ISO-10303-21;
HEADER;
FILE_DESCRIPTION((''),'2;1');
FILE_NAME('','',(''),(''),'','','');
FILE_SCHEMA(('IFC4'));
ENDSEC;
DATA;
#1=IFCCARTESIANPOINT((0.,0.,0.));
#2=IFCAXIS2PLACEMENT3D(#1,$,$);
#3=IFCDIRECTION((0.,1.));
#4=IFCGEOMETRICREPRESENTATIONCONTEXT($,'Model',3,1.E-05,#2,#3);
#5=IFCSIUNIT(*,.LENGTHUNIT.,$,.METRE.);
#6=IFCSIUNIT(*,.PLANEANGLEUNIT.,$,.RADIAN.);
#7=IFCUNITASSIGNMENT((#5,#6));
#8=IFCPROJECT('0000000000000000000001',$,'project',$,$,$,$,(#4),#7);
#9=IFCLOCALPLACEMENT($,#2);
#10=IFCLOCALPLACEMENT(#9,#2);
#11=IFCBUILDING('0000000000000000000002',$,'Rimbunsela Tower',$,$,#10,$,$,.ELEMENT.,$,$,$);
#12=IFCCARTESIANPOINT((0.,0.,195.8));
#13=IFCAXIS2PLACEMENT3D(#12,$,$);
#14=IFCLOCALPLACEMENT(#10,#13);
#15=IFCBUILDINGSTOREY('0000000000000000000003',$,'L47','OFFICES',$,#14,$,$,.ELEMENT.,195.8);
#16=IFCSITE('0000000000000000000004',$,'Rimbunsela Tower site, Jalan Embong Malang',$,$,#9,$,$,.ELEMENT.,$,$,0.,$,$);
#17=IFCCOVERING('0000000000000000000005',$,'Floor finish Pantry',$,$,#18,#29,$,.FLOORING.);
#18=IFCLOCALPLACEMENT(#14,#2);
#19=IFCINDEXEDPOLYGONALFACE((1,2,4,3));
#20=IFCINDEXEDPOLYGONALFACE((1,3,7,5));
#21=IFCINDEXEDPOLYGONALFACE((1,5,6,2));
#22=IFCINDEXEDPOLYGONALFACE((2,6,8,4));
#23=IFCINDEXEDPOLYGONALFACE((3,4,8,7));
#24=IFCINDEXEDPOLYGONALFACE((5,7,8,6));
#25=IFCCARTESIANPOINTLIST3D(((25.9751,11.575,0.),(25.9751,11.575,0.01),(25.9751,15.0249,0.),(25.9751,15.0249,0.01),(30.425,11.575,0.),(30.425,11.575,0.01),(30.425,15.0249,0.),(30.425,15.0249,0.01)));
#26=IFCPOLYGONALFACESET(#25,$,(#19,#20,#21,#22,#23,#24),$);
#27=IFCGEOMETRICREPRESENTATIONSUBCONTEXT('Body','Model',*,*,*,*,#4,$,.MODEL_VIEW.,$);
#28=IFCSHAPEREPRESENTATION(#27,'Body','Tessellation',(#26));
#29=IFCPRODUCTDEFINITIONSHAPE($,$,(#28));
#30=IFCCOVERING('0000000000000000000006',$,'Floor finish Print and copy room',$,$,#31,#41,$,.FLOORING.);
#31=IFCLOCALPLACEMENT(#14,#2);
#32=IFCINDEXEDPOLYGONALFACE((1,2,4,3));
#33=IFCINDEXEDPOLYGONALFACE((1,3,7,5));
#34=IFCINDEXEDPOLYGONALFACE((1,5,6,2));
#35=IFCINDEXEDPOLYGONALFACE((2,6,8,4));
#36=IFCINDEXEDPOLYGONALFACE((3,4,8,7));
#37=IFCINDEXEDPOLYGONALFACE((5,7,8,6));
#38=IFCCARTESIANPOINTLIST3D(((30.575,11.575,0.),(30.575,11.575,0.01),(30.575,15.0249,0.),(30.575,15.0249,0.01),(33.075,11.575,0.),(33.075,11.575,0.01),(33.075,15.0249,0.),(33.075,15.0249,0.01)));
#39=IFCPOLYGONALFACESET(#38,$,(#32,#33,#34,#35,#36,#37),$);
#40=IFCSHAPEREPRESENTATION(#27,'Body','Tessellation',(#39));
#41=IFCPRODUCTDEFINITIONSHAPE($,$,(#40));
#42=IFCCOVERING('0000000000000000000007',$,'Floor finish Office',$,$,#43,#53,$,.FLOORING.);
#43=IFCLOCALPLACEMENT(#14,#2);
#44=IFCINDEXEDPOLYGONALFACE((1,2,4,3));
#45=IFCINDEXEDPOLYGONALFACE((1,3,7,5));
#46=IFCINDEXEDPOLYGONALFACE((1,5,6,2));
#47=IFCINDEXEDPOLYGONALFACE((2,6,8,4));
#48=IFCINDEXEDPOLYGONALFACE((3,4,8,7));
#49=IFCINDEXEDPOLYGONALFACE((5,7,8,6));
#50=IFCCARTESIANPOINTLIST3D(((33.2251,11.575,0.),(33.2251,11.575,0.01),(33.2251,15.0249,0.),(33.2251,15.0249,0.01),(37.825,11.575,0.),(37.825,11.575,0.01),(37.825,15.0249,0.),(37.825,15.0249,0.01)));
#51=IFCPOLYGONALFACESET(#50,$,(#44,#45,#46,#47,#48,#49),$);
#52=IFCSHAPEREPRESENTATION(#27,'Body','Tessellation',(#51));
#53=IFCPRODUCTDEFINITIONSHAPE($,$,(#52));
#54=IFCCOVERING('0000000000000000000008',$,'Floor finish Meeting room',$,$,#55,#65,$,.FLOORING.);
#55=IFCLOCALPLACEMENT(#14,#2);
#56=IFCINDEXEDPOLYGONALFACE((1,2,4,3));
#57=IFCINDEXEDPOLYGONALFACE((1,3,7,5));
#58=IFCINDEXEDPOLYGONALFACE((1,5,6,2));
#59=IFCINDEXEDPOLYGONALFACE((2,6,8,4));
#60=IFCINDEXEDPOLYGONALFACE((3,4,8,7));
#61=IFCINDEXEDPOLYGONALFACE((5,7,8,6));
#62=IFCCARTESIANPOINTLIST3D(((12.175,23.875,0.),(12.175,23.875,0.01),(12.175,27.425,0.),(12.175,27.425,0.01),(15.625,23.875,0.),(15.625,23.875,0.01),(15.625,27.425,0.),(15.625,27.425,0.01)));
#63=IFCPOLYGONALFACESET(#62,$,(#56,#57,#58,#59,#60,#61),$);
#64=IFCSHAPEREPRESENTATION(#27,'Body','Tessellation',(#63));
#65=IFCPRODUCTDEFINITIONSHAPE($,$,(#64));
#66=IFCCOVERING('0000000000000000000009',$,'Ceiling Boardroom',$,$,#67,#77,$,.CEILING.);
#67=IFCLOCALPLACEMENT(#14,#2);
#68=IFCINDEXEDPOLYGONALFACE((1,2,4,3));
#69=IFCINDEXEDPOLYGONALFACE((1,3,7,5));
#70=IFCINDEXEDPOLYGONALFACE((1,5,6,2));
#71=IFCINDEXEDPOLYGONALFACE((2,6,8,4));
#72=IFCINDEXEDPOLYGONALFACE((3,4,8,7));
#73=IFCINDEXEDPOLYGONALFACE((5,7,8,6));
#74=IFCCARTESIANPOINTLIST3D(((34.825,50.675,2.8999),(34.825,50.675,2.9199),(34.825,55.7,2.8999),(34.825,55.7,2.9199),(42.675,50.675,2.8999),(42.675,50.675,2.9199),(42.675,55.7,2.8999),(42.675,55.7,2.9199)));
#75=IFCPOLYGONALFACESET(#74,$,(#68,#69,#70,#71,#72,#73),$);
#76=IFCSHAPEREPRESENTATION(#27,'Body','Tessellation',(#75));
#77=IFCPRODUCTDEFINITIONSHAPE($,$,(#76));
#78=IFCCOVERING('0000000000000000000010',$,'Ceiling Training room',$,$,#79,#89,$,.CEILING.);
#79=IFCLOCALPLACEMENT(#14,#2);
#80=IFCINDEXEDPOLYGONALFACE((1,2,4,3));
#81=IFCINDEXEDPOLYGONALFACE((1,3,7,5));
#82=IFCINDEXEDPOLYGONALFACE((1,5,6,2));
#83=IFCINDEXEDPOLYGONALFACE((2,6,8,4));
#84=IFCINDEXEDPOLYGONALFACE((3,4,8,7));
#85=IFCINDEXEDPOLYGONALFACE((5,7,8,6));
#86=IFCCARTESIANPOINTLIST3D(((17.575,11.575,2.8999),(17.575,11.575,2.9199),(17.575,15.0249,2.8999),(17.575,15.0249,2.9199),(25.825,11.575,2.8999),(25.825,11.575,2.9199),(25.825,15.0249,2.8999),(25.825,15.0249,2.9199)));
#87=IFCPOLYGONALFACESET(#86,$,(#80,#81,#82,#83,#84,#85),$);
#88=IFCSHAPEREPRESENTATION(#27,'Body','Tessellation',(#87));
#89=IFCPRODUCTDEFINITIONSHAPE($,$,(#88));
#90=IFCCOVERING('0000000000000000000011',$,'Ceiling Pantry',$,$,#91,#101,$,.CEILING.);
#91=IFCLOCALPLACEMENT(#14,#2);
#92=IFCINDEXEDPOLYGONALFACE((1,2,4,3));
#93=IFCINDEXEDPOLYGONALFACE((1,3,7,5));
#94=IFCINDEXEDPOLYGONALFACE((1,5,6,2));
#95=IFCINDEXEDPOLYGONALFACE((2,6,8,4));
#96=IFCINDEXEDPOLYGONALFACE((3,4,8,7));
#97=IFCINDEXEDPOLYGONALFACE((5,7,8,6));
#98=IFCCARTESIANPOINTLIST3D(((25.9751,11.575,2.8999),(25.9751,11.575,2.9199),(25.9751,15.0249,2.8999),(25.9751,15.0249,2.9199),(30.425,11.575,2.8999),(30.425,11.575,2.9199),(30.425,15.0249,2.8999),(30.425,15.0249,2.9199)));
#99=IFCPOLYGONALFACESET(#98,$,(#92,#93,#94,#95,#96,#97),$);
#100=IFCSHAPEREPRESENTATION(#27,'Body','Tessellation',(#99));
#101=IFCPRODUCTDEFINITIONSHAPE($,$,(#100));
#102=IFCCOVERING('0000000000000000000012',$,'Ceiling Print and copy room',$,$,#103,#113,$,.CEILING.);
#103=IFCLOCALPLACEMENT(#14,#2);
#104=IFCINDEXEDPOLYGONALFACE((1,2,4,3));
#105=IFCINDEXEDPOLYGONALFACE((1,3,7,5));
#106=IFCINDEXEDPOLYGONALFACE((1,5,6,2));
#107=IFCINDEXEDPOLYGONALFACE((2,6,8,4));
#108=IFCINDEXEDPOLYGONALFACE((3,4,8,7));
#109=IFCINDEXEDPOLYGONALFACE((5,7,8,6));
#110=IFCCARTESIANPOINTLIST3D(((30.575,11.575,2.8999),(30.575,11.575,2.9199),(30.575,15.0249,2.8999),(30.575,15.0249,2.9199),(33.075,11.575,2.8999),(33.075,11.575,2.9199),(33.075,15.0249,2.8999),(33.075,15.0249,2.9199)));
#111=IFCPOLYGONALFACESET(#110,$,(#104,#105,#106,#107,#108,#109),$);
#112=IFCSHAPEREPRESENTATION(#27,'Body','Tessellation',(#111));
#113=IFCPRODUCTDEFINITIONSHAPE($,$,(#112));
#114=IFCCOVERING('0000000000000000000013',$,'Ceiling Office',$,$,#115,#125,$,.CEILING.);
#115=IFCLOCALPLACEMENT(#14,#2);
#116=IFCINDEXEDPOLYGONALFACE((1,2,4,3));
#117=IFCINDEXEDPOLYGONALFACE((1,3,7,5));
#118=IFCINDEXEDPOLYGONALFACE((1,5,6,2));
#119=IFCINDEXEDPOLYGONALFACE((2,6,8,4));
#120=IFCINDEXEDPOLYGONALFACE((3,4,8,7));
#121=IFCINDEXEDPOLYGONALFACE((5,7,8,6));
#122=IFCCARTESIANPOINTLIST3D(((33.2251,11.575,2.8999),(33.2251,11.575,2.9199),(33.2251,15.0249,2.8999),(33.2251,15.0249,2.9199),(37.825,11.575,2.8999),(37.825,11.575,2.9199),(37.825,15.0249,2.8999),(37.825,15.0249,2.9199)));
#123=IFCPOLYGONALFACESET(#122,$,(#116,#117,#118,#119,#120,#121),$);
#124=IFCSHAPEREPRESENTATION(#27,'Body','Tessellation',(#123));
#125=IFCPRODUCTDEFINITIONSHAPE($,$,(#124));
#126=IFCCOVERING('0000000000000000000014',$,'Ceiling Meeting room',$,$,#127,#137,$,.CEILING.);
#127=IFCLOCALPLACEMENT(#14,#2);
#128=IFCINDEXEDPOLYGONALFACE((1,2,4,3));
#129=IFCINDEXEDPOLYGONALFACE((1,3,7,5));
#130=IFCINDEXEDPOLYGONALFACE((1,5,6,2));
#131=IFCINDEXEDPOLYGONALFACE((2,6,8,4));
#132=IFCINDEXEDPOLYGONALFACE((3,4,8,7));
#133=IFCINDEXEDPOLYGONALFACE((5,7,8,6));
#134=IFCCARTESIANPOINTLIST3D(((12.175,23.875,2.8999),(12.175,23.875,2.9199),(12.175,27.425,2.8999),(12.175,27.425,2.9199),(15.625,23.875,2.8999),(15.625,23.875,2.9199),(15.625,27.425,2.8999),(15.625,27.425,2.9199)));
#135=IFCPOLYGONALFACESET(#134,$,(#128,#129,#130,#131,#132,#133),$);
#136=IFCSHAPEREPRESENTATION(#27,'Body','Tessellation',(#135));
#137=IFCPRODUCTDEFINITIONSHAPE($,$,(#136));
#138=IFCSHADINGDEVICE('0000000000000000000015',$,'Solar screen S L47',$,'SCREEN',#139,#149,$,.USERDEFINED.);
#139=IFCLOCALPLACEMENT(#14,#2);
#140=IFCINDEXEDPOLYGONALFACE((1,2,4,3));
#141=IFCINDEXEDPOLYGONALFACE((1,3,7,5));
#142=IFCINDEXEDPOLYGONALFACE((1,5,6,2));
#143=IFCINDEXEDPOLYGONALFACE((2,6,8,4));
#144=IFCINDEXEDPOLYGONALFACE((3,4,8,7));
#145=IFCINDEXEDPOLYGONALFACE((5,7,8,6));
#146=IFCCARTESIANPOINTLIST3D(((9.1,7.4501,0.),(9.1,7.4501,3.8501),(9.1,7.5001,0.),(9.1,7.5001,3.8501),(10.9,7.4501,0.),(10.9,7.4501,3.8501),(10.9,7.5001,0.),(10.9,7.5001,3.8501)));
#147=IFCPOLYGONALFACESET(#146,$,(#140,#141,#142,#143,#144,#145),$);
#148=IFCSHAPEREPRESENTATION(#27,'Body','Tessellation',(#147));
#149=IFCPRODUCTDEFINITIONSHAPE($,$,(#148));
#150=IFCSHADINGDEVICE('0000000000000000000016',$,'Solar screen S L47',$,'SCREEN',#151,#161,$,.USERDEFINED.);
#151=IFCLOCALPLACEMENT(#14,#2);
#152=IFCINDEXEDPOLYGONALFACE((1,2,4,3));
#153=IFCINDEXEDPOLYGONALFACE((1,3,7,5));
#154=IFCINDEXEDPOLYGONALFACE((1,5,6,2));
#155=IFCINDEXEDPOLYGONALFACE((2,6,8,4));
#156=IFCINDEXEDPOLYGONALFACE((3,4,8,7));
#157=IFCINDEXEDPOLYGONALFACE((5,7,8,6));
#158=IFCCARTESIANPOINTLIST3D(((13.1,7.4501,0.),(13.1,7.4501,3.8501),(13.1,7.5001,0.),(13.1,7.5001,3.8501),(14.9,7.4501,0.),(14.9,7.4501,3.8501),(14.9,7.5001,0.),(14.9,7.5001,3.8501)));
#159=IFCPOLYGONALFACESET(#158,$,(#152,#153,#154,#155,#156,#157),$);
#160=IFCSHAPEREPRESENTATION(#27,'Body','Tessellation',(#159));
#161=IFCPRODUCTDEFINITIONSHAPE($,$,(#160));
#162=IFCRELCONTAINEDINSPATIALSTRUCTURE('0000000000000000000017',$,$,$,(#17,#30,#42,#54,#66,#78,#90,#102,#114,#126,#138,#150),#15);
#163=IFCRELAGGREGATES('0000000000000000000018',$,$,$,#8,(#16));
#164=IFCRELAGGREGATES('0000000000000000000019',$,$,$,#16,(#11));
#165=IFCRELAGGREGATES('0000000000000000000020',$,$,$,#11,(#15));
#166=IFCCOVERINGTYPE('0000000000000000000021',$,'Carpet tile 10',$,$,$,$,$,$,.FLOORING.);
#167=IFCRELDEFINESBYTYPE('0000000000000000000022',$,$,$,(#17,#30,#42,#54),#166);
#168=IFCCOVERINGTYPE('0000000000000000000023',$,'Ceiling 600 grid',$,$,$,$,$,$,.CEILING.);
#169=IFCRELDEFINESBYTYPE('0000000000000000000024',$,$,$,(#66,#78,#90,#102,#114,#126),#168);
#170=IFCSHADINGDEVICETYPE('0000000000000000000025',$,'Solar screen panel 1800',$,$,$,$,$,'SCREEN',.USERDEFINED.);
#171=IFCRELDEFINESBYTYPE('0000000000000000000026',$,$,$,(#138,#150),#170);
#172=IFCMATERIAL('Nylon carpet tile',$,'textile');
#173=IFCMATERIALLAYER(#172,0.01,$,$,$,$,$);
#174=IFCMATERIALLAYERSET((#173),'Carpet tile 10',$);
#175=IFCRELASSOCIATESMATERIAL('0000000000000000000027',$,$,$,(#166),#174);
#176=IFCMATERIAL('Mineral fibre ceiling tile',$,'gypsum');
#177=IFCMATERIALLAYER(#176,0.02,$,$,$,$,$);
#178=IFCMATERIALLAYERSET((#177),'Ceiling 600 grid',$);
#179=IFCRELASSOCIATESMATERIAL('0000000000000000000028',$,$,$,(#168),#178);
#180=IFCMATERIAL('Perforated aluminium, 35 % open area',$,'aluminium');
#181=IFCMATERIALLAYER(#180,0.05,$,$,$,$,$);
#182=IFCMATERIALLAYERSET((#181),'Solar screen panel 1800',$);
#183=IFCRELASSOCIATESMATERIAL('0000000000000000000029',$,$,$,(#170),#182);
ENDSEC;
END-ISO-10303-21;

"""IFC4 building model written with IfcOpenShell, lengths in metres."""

from ifc_helpers import new_model, si_unit, direction, frame, origin, origin_2d, place, context, subcontext, project, spatial, polyline, rectangle, outline, extrude, material, layer, layer_set, type_object, element, save


model = new_model("IFC4")

# Units and contexts
model_context = context("Model", 3, precision=1e-05, world=origin(), true_north=direction((0.0, 1.0)))
body_context = subcontext(model_context, "Body", "Model", "MODEL_VIEW")
ifc_project = project(units=[si_unit("LENGTHUNIT", "METRE"), si_unit("PLANEANGLEUNIT", "RADIAN")], contexts=[model_context])

# Site, building, storey
site_placement = place(None, origin())
site = spatial("IfcSite", under=ifc_project, at=site_placement, Name="Rimbunsela Tower site, Jalan Embong Malang", CompositionType="ELEMENT", RefElevation=0.0)
building_placement = place(site_placement, origin())
building = spatial("IfcBuilding", under=site, at=building_placement, Name="Rimbunsela Tower", CompositionType="ELEMENT")
storey_placement = place(building_placement, frame((0.0, 0.0, 195.8)))
storey = spatial("IfcBuildingStorey", under=building, at=storey_placement, Name="L47", Description="OFFICES", CompositionType="ELEMENT", Elevation=195.8)

# Coverings
ifc_material_1 = material(Name="Nylon carpet tile", Category="textile")
ifc_layer_1 = layer(ifc_material_1, 0.01)
ifc_layer_set_1 = layer_set([ifc_layer_1], Name="Carpet tile 10")
covering_type_1 = type_object("IfcCoveringType", Name="Carpet tile 10", PredefinedType="FLOORING", material=ifc_layer_set_1)
covering_1_placement = place(storey_placement, origin())
element("IfcCovering", 1, at=covering_1_placement, inside=storey, type_object=covering_type_1, Name="Floor finish Pantry", PredefinedType="FLOORING", context=body_context, shape_type="SweptSolid", body=[
    extrude(outline(polyline([(30.425, 11.575), (30.425, 15.0249), (25.9751, 15.0249), (25.9751, 11.575), (30.425, 11.575)])), origin(), (0.0, 0.0, 1.0), 0.01),
])
covering_2_placement = place(storey_placement, origin())
element("IfcCovering", 2, at=covering_2_placement, inside=storey, type_object=covering_type_1, Name="Floor finish Print and copy room", PredefinedType="FLOORING", context=body_context, shape_type="SweptSolid", body=[
    extrude(outline(polyline([(33.075, 11.575), (33.075, 15.0249), (30.575, 15.0249), (30.575, 11.575), (33.075, 11.575)])), origin(), (0.0, 0.0, 1.0), 0.01),
])
covering_3_placement = place(storey_placement, origin())
element("IfcCovering", 3, at=covering_3_placement, inside=storey, type_object=covering_type_1, Name="Floor finish Office", PredefinedType="FLOORING", context=body_context, shape_type="SweptSolid", body=[
    extrude(outline(polyline([(37.825, 11.575), (37.825, 15.0249), (33.2251, 15.0249), (33.2251, 11.575), (37.825, 11.575)])), origin(), (0.0, 0.0, 1.0), 0.01),
])
covering_4_placement = place(storey_placement, origin())
element("IfcCovering", 4, at=covering_4_placement, inside=storey, type_object=covering_type_1, Name="Floor finish Meeting room", PredefinedType="FLOORING", context=body_context, shape_type="SweptSolid", body=[
    extrude(outline(polyline([(15.625, 23.875), (15.625, 27.425), (12.175, 27.425), (12.175, 23.875), (15.625, 23.875)])), origin(), (0.0, 0.0, 1.0), 0.01),
])
ifc_material_2 = material(Name="Mineral fibre ceiling tile", Category="gypsum")
ifc_layer_2 = layer(ifc_material_2, 0.02)
ifc_layer_set_2 = layer_set([ifc_layer_2], Name="Ceiling 600 grid")
covering_type_2 = type_object("IfcCoveringType", Name="Ceiling 600 grid", PredefinedType="CEILING", material=ifc_layer_set_2)
covering_5_placement = place(storey_placement, frame((0.0, 0.0, 2.8999)))
element("IfcCovering", 5, at=covering_5_placement, inside=storey, type_object=covering_type_2, Name="Ceiling Boardroom", PredefinedType="CEILING", context=body_context, shape_type="SweptSolid", body=[
    extrude(outline(polyline([(42.675, 50.675), (42.675, 55.7), (34.825, 55.7), (34.825, 50.675), (42.675, 50.675)])), origin(), (0.0, 0.0, 1.0), 0.02),
])
covering_6_placement = place(storey_placement, frame((0.0, 0.0, 2.8999)))
element("IfcCovering", 6, at=covering_6_placement, inside=storey, type_object=covering_type_2, Name="Ceiling Training room", PredefinedType="CEILING", context=body_context, shape_type="SweptSolid", body=[
    extrude(outline(polyline([(25.825, 11.575), (25.825, 15.0249), (17.575, 15.0249), (17.575, 11.575), (25.825, 11.575)])), origin(), (0.0, 0.0, 1.0), 0.02),
])
covering_7_placement = place(storey_placement, frame((0.0, 0.0, 2.8999)))
element("IfcCovering", 7, at=covering_7_placement, inside=storey, type_object=covering_type_2, Name="Ceiling Pantry", PredefinedType="CEILING", context=body_context, shape_type="SweptSolid", body=[
    extrude(outline(polyline([(30.425, 11.575), (30.425, 15.0249), (25.9751, 15.0249), (25.9751, 11.575), (30.425, 11.575)])), origin(), (0.0, 0.0, 1.0), 0.02),
])
covering_8_placement = place(storey_placement, frame((0.0, 0.0, 2.8999)))
element("IfcCovering", 8, at=covering_8_placement, inside=storey, type_object=covering_type_2, Name="Ceiling Print and copy room", PredefinedType="CEILING", context=body_context, shape_type="SweptSolid", body=[
    extrude(outline(polyline([(33.075, 11.575), (33.075, 15.0249), (30.575, 15.0249), (30.575, 11.575), (33.075, 11.575)])), origin(), (0.0, 0.0, 1.0), 0.02),
])
covering_9_placement = place(storey_placement, frame((0.0, 0.0, 2.8999)))
element("IfcCovering", 9, at=covering_9_placement, inside=storey, type_object=covering_type_2, Name="Ceiling Office", PredefinedType="CEILING", context=body_context, shape_type="SweptSolid", body=[
    extrude(outline(polyline([(37.825, 11.575), (37.825, 15.0249), (33.2251, 15.0249), (33.2251, 11.575), (37.825, 11.575)])), origin(), (0.0, 0.0, 1.0), 0.02),
])
covering_10_placement = place(storey_placement, frame((0.0, 0.0, 2.8999)))
element("IfcCovering", 10, at=covering_10_placement, inside=storey, type_object=covering_type_2, Name="Ceiling Meeting room", PredefinedType="CEILING", context=body_context, shape_type="SweptSolid", body=[
    extrude(outline(polyline([(15.625, 23.875), (15.625, 27.425), (12.175, 27.425), (12.175, 23.875), (15.625, 23.875)])), origin(), (0.0, 0.0, 1.0), 0.02),
])

# Shading devices
ifc_material_3 = material(Name="Perforated aluminium, 35 % open area", Category="aluminium")
ifc_layer_3 = layer(ifc_material_3, 0.05)
ifc_layer_set_3 = layer_set([ifc_layer_3], Name="Solar screen panel 1800")
shading_device_type = type_object("IfcShadingDeviceType", Name="Solar screen panel 1800", ElementType="SCREEN", PredefinedType="USERDEFINED", material=ifc_layer_set_3)
for number, where, z_axis, x_axis, name in (
    (11, (10.0, 7.4751, 0.0), (0.0, 0.0, 1.0), (1.0, 0.0, 0.0), "Solar screen S L47"),
    (12, (14.0, 7.4751, 0.0), (0.0, 0.0, 1.0), (1.0, 0.0, 0.0), "Solar screen S L47"),
):
    element("IfcShadingDevice", number, at=place(storey_placement, frame(where, z_axis=z_axis, x_axis=x_axis)), inside=storey, type_object=shading_device_type, Name=name, ObjectType="SCREEN", PredefinedType="USERDEFINED", context=body_context, shape_type="SweptSolid", body=[
        extrude(rectangle(XDim=1.8, YDim=0.05, at=origin_2d()), origin(), (0.0, 0.0, 1.0), 3.8501),
    ])

save(model, "model.ifc")
